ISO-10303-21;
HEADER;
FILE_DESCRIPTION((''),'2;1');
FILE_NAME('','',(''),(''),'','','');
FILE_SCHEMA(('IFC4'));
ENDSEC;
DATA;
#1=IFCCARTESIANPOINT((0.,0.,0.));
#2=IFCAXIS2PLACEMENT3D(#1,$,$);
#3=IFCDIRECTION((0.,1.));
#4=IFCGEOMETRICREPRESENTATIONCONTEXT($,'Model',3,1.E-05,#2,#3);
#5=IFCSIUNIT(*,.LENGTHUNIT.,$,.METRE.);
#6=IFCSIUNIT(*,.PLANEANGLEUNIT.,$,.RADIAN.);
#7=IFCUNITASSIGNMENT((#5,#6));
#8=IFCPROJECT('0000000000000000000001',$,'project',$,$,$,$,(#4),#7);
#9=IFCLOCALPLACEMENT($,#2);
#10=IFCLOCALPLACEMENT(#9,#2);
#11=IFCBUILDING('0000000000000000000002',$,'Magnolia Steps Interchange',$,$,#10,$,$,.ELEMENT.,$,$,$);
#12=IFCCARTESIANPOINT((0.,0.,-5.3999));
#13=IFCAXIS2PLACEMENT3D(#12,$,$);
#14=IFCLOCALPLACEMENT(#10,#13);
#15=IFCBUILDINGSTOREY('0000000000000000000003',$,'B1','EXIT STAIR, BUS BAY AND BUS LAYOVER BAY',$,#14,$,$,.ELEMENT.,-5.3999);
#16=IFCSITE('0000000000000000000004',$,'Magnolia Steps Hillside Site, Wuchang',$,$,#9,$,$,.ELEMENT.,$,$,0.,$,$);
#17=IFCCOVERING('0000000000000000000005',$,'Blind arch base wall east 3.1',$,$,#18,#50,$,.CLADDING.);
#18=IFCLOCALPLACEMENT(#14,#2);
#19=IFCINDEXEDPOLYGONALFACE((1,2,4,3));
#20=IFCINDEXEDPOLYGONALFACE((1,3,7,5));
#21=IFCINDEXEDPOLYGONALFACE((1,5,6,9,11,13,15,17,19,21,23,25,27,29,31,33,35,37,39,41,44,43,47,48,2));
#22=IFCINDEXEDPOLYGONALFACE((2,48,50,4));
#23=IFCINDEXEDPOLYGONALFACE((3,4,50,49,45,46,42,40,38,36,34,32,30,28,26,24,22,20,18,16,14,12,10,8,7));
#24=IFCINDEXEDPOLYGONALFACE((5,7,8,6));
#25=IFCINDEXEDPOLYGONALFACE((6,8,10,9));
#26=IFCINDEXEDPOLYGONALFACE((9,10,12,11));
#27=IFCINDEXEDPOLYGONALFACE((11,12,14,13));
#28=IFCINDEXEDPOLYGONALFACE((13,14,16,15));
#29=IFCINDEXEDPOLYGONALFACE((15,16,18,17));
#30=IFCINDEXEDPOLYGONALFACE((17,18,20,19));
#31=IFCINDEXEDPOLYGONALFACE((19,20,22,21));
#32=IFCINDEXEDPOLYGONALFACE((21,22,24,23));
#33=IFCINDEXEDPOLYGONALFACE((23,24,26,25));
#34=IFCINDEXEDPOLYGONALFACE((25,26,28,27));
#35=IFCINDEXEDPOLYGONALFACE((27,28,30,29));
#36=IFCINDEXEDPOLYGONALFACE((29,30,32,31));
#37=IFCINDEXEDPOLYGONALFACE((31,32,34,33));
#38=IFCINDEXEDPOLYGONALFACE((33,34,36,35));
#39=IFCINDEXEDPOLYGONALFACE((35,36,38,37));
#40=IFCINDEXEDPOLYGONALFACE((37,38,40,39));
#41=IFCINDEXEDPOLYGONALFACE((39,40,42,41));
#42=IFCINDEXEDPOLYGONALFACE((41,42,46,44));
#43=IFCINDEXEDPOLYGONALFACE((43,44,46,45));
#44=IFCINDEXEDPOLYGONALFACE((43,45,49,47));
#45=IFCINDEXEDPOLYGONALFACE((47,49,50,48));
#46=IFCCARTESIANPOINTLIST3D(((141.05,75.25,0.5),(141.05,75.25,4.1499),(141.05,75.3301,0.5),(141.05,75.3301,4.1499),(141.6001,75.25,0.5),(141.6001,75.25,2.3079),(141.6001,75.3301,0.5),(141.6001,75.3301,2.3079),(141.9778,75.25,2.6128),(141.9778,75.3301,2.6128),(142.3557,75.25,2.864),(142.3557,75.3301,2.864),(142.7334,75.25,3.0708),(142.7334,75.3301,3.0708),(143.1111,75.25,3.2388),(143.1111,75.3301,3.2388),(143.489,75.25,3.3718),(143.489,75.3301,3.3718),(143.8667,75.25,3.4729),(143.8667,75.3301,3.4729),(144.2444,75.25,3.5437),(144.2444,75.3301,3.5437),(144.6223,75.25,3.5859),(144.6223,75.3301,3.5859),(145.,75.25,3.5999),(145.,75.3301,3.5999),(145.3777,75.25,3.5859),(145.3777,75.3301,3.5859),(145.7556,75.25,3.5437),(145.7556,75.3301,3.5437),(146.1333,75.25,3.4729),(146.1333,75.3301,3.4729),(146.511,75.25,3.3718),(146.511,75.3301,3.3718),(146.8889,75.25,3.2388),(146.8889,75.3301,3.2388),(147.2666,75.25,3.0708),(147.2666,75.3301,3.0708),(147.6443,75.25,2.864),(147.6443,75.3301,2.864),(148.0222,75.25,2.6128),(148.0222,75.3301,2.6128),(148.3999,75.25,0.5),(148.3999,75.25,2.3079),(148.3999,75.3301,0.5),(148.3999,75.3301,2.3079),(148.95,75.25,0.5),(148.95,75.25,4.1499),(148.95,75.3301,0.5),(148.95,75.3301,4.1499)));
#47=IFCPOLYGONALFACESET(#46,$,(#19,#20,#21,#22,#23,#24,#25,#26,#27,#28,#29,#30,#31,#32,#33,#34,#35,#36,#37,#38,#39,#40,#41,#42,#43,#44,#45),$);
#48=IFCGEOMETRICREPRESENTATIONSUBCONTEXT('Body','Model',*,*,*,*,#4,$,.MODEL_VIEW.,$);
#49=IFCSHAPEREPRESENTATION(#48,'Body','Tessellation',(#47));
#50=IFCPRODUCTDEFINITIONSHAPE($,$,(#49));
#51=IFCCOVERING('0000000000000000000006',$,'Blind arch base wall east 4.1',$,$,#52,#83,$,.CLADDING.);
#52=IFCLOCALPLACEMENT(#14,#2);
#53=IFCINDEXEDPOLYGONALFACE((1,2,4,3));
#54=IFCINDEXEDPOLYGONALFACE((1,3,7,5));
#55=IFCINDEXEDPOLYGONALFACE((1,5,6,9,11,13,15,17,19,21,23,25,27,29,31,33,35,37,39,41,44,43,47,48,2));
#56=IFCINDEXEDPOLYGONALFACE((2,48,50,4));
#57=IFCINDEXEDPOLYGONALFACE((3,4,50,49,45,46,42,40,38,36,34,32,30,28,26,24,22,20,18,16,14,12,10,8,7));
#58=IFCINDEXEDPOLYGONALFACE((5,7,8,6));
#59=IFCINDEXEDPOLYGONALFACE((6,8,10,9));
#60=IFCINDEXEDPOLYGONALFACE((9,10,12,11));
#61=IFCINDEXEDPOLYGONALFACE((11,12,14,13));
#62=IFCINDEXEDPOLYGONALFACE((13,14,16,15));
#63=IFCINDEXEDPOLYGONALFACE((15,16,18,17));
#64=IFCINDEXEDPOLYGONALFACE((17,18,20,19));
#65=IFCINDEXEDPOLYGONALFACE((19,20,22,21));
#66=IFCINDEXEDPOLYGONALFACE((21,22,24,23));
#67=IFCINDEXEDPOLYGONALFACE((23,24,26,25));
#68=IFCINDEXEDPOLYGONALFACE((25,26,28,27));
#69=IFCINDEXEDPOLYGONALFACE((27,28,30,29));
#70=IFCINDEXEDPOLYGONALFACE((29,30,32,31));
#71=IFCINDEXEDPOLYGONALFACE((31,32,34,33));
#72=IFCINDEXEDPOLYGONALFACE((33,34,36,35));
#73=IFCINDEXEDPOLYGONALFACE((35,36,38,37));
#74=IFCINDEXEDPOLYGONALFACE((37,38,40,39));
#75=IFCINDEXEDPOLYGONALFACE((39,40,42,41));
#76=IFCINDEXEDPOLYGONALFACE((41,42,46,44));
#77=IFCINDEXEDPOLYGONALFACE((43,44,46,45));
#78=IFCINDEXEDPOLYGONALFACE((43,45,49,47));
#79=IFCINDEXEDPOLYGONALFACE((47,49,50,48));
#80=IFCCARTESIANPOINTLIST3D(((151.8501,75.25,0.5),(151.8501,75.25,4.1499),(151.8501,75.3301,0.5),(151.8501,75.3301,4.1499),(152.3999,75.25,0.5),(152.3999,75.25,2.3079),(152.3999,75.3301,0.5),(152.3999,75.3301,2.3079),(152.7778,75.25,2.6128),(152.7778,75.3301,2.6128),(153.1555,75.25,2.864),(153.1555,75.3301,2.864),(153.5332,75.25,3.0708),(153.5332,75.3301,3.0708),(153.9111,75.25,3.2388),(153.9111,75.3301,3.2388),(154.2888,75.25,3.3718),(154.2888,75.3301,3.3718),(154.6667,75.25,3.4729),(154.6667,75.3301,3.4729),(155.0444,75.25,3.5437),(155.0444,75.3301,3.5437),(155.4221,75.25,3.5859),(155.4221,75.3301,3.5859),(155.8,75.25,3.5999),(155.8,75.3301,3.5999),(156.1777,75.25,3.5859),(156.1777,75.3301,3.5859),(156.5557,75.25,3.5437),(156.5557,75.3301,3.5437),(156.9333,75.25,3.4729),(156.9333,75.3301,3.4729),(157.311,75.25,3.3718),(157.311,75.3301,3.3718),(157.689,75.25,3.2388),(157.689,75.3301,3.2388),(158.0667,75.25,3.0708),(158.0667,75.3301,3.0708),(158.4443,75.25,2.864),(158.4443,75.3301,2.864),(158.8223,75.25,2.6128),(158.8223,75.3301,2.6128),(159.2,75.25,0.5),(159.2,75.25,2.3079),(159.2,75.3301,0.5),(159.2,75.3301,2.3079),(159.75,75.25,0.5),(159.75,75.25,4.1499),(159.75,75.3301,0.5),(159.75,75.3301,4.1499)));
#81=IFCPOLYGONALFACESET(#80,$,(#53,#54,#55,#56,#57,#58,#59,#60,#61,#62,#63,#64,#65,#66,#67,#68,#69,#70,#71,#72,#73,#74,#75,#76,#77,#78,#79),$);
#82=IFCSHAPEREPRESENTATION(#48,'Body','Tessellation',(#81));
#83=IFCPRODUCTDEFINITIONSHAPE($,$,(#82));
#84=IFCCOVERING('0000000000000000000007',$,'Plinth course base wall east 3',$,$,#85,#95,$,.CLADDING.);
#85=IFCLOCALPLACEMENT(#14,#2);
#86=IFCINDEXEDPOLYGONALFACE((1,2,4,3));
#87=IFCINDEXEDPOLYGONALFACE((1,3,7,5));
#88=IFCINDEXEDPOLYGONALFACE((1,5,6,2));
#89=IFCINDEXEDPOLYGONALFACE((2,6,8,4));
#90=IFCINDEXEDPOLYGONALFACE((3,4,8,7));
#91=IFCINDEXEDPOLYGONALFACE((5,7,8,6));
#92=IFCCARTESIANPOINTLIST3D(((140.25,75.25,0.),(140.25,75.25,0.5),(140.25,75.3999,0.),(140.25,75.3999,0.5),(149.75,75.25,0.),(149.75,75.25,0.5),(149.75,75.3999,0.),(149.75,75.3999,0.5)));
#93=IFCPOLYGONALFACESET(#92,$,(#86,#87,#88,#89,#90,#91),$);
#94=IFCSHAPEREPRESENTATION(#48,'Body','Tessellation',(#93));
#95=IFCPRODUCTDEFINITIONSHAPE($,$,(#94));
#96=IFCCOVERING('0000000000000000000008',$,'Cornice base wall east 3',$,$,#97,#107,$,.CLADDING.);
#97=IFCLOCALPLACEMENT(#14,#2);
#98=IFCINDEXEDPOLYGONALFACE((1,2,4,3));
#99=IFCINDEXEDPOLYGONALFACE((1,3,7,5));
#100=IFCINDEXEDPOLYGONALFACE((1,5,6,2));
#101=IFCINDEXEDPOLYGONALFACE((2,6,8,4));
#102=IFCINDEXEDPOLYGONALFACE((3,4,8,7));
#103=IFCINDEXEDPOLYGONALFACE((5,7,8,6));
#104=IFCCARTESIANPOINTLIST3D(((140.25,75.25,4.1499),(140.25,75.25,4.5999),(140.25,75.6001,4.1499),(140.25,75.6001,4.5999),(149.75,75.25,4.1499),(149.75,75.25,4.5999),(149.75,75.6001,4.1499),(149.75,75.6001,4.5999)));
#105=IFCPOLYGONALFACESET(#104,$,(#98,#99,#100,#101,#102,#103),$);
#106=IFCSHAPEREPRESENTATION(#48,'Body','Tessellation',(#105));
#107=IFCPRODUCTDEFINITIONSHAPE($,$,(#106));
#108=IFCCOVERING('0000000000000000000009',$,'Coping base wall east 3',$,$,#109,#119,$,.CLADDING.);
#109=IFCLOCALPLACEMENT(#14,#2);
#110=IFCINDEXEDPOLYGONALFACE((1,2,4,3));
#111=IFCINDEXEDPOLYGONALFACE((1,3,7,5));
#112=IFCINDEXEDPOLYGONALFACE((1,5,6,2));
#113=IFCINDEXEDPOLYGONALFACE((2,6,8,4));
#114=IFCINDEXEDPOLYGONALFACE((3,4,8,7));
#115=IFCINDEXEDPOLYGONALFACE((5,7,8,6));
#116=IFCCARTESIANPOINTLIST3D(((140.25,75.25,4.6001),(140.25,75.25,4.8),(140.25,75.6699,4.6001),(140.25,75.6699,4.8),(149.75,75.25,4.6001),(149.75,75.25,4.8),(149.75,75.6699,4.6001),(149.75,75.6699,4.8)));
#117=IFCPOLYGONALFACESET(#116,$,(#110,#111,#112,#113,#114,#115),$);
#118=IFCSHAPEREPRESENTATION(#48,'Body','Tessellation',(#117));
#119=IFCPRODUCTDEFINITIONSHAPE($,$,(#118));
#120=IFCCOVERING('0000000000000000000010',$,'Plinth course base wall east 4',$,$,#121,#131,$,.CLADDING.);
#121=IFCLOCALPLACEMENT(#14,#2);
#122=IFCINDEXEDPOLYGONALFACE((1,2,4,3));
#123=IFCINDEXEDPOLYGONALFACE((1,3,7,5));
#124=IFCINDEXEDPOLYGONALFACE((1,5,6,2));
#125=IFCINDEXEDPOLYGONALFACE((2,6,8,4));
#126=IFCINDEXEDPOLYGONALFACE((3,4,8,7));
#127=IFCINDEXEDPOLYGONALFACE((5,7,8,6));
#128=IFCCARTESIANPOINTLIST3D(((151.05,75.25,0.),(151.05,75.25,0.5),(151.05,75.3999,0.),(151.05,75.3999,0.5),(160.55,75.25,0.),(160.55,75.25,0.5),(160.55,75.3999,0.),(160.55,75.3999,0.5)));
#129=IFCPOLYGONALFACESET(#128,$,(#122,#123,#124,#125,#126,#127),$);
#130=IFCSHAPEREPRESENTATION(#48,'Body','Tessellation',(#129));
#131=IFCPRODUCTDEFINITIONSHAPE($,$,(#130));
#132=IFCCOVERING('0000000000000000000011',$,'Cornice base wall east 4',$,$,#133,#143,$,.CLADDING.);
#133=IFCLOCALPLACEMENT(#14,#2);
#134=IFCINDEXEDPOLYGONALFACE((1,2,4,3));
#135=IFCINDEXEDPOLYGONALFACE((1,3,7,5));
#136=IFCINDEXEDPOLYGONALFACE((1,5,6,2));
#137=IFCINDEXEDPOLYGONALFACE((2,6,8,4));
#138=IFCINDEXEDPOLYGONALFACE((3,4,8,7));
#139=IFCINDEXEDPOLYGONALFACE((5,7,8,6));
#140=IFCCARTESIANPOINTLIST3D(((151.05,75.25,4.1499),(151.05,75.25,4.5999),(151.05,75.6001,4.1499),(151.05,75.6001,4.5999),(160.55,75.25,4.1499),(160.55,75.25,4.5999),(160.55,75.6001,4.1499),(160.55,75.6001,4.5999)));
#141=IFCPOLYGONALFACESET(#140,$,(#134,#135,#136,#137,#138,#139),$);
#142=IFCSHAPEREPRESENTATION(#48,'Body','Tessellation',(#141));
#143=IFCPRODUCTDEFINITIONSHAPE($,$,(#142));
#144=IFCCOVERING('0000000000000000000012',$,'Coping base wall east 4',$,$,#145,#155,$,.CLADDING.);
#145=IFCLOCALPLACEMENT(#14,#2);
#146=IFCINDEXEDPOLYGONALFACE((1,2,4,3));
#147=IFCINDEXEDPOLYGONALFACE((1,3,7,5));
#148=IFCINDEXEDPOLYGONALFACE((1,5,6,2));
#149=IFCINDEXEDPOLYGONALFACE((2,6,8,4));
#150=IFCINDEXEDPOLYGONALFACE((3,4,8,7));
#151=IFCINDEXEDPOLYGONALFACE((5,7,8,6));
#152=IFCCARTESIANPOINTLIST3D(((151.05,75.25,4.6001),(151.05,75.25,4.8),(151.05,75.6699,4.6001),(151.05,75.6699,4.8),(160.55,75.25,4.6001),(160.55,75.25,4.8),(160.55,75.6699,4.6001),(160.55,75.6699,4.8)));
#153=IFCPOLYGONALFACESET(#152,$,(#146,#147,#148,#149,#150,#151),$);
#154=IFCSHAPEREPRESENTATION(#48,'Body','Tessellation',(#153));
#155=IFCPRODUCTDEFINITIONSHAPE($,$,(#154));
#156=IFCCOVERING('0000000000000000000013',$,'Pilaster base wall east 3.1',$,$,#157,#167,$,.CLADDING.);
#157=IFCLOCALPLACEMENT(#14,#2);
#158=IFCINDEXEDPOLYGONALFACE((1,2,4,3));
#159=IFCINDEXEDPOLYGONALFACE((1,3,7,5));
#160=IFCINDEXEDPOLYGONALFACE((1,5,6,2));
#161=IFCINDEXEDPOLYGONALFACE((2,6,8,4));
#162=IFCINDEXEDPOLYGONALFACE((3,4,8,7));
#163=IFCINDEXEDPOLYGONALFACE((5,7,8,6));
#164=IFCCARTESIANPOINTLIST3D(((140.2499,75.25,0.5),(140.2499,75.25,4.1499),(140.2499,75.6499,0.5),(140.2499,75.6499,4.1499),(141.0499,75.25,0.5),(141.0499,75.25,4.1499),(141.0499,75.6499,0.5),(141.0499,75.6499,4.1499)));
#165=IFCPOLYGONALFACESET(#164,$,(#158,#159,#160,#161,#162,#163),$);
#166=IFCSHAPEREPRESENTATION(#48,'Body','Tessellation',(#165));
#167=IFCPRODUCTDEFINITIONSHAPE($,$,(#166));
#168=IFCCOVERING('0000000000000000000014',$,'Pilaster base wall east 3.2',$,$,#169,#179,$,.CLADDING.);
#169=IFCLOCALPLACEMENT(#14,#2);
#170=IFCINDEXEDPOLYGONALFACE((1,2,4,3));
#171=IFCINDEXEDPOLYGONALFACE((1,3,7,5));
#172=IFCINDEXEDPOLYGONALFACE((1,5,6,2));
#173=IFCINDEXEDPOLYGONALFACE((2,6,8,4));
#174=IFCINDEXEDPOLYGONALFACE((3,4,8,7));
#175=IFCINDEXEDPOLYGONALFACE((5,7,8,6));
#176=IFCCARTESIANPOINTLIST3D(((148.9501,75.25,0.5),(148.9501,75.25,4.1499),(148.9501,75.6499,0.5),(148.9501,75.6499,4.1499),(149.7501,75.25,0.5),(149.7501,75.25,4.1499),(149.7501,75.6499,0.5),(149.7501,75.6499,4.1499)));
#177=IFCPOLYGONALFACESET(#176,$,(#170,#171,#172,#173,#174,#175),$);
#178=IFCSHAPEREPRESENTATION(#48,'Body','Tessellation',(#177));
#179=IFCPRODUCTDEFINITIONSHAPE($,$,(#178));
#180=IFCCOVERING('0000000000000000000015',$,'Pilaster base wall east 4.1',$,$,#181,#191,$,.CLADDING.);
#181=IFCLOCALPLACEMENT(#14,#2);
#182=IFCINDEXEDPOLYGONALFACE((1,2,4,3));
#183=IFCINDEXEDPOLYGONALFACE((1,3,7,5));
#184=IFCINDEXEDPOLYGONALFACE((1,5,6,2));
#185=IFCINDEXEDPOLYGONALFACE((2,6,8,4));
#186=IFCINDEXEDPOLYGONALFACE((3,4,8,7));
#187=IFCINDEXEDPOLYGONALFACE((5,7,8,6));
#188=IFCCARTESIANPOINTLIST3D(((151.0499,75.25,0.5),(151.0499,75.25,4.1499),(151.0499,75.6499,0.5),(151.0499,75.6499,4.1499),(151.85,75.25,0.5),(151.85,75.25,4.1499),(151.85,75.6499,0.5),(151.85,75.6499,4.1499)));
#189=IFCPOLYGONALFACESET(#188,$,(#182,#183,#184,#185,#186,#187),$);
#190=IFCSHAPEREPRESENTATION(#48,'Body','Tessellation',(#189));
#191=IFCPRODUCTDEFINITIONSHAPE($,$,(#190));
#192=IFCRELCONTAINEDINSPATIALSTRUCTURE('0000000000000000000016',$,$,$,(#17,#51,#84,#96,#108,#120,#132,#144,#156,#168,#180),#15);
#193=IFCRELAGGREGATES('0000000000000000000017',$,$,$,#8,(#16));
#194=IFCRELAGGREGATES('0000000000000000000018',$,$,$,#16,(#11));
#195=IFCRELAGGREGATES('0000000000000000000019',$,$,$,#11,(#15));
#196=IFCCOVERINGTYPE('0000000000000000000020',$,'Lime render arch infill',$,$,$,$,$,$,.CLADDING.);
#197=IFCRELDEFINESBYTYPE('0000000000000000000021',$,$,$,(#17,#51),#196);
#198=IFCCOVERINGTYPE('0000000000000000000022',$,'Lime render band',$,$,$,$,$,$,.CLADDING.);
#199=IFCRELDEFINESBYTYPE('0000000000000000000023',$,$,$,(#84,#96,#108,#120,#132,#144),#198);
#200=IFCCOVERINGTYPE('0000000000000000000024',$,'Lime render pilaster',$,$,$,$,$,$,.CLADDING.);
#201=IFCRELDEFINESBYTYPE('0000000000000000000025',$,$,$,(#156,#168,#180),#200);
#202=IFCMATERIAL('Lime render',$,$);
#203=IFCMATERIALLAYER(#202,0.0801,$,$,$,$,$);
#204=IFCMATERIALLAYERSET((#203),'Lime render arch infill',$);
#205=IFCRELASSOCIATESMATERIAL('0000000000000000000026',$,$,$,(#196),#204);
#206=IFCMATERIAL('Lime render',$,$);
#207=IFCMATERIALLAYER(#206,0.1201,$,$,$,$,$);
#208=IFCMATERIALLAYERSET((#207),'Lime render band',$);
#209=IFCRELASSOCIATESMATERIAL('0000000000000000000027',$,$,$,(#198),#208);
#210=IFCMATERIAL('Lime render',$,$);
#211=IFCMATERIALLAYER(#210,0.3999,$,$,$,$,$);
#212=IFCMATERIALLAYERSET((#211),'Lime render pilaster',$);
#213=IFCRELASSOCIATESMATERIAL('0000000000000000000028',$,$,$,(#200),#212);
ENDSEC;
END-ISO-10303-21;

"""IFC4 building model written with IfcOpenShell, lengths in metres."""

from ifc_helpers import new_model, si_unit, direction, frame, origin, origin_2d, place, context, subcontext, project, spatial, polyline, rectangle, outline, extrude, material, layer, layer_set, type_object, element, save


model = new_model("IFC4")

# Units and contexts
model_context = context("Model", 3, precision=1e-05, world=origin(), true_north=direction((0.0, 1.0)))
body_context = subcontext(model_context, "Body", "Model", "MODEL_VIEW")
ifc_project = project(units=[si_unit("LENGTHUNIT", "METRE"), si_unit("PLANEANGLEUNIT", "RADIAN")], contexts=[model_context])

# Site, building, storey
site_placement = place(None, origin())
site = spatial("IfcSite", under=ifc_project, at=site_placement, Name="Magnolia Steps Hillside Site, Wuchang", CompositionType="ELEMENT", RefElevation=0.0)
building_placement = place(site_placement, origin())
building = spatial("IfcBuilding", under=site, at=building_placement, Name="Magnolia Steps Interchange", CompositionType="ELEMENT")
storey_placement = place(building_placement, frame((0.0, 0.0, -5.3999)))
storey = spatial("IfcBuildingStorey", under=building, at=storey_placement, Name="B1", Description="EXIT STAIR, BUS BAY AND BUS LAYOVER BAY", CompositionType="ELEMENT", Elevation=-5.3999)

# Coverings
ifc_material_1 = material(Name="Lime render")
ifc_layer_1 = layer(ifc_material_1, 0.0801)
ifc_layer_set_1 = layer_set([ifc_layer_1], Name="Lime render arch infill")
covering_type_1 = type_object("IfcCoveringType", Name="Lime render arch infill", PredefinedType="CLADDING", material=ifc_layer_set_1)
covering_1_placement = place(storey_placement, frame((141.6001, 75.25, 0.5), z_axis=(0.0, -1.0, 0.0), x_axis=(0.0, 0.0, 1.0)))
element("IfcCovering", 1, at=covering_1_placement, inside=storey, type_object=covering_type_1, Name="Blind arch base wall east 3.1", PredefinedType="CLADDING", context=body_context, shape_type="SweptSolid", body=[
    extrude(outline(polyline([(0.0, 0.0), (1.8079, 0.0), (2.1128, -0.3777), (2.364, -0.7556), (2.5708, -1.1333), (2.7388, -1.511), (2.8718, -1.8889), (2.9729, -2.2666), (3.0437, -2.6443), (3.0859, -3.0222), (3.0999, -3.3999), (3.0859, -3.7776), (3.0437, -4.1555), (2.9729, -4.5332), (2.8718, -4.9109), (2.7388, -5.2888), (2.5708, -5.6665), (2.364, -6.0442), (2.1128, -6.4221), (1.8079, -6.7998), (0.0, -6.7998), (0.0, -7.3499), (3.6499, -7.3499), (3.6499, 0.55), (0.0, 0.55), (0.0, 0.0)])), origin(), (0.0, 0.0, -1.0), 0.0801),
])
covering_2_placement = place(storey_placement, frame((152.3999, 75.25, 0.5), z_axis=(0.0, -1.0, 0.0), x_axis=(0.0, 0.0, 1.0)))
element("IfcCovering", 2, at=covering_2_placement, inside=storey, type_object=covering_type_1, Name="Blind arch base wall east 4.1", PredefinedType="CLADDING", context=body_context, shape_type="SweptSolid", body=[
    extrude(outline(polyline([(0.0, 0.0), (1.8079, 0.0), (2.1128, -0.3779), (2.364, -0.7556), (2.5708, -1.1333), (2.7388, -1.5112), (2.8718, -1.8889), (2.9729, -2.2668), (3.0437, -2.6445), (3.0859, -3.0222), (3.0999, -3.4001), (3.0859, -3.7778), (3.0437, -4.1558), (2.9729, -4.5334), (2.8718, -4.9111), (2.7388, -5.2891), (2.5708, -5.6667), (2.364, -6.0444), (2.1128, -6.4224), (1.8079, -6.8), (0.0, -6.8), (0.0, -7.3501), (3.6499, -7.3501), (3.6499, 0.5498), (0.0, 0.5498), (0.0, 0.0)])), origin(), (0.0, 0.0, -1.0), 0.0801),
])
ifc_material_2 = material(Name="Lime render")
ifc_layer_2 = layer(ifc_material_2, 0.1201)
ifc_layer_set_2 = layer_set([ifc_layer_2], Name="Lime render band")
covering_type_2 = type_object("IfcCoveringType", Name="Lime render band", PredefinedType="CLADDING", material=ifc_layer_set_2)
covering_3_placement = place(storey_placement, frame((145.0, 75.325, 0.0), z_axis=(0.0, 0.0, 1.0), x_axis=(1.0, 0.0, 0.0)))
element("IfcCovering", 3, at=covering_3_placement, inside=storey, type_object=covering_type_2, Name="Plinth course base wall east 3", PredefinedType="CLADDING", context=body_context, shape_type="SweptSolid", body=[
    extrude(rectangle(XDim=9.5, YDim=0.1499, at=origin_2d()), origin(), (0.0, 0.0, 1.0), 0.5),
])
covering_4_placement = place(storey_placement, frame((145.0, 75.425, 4.1499), z_axis=(0.0, 0.0, 1.0), x_axis=(1.0, 0.0, 0.0)))
element("IfcCovering", 4, at=covering_4_placement, inside=storey, type_object=covering_type_2, Name="Cornice base wall east 3", PredefinedType="CLADDING", context=body_context, shape_type="SweptSolid", body=[
    extrude(rectangle(XDim=9.5, YDim=0.3501, at=origin_2d()), origin(), (0.0, 0.0, 1.0), 0.45),
])
covering_5_placement = place(storey_placement, frame((145.0, 75.46, 4.6001), z_axis=(0.0, 0.0, 1.0), x_axis=(1.0, 0.0, 0.0)))
element("IfcCovering", 5, at=covering_5_placement, inside=storey, type_object=covering_type_2, Name="Coping base wall east 3", PredefinedType="CLADDING", context=body_context, shape_type="SweptSolid", body=[
    extrude(rectangle(XDim=9.5, YDim=0.4199, at=origin_2d()), origin(), (0.0, 0.0, 1.0), 0.2),
])
covering_6_placement = place(storey_placement, frame((155.8, 75.325, 0.0), z_axis=(0.0, 0.0, 1.0), x_axis=(1.0, 0.0, 0.0)))
element("IfcCovering", 6, at=covering_6_placement, inside=storey, type_object=covering_type_2, Name="Plinth course base wall east 4", PredefinedType="CLADDING", context=body_context, shape_type="SweptSolid", body=[
    extrude(rectangle(XDim=9.5, YDim=0.1499, at=origin_2d()), origin(), (0.0, 0.0, 1.0), 0.5),
])
covering_7_placement = place(storey_placement, frame((155.8, 75.425, 4.1499), z_axis=(0.0, 0.0, 1.0), x_axis=(1.0, 0.0, 0.0)))
element("IfcCovering", 7, at=covering_7_placement, inside=storey, type_object=covering_type_2, Name="Cornice base wall east 4", PredefinedType="CLADDING", context=body_context, shape_type="SweptSolid", body=[
    extrude(rectangle(XDim=9.5, YDim=0.3501, at=origin_2d()), origin(), (0.0, 0.0, 1.0), 0.45),
])
covering_8_placement = place(storey_placement, frame((155.8, 75.46, 4.6001), z_axis=(0.0, 0.0, 1.0), x_axis=(1.0, 0.0, 0.0)))
element("IfcCovering", 8, at=covering_8_placement, inside=storey, type_object=covering_type_2, Name="Coping base wall east 4", PredefinedType="CLADDING", context=body_context, shape_type="SweptSolid", body=[
    extrude(rectangle(XDim=9.5, YDim=0.4199, at=origin_2d()), origin(), (0.0, 0.0, 1.0), 0.2),
])
ifc_material_3 = material(Name="Lime render")
ifc_layer_3 = layer(ifc_material_3, 0.3999)
ifc_layer_set_3 = layer_set([ifc_layer_3], Name="Lime render pilaster")
covering_type_3 = type_object("IfcCoveringType", Name="Lime render pilaster", PredefinedType="CLADDING", material=ifc_layer_set_3)
for number, where, z_axis, x_axis, name in (
    (9, (140.6499, 75.45, 0.5), (0.0, 0.0, 1.0), (1.0, 0.0, 0.0), "Pilaster base wall east 3.1"),
    (10, (149.3501, 75.45, 0.5), (0.0, 0.0, 1.0), (1.0, 0.0, 0.0), "Pilaster base wall east 3.2"),
    (11, (151.45, 75.45, 0.5), (0.0, 0.0, 1.0), (1.0, 0.0, 0.0), "Pilaster base wall east 4.1"),
):
    element("IfcCovering", number, at=place(storey_placement, frame(where, z_axis=z_axis, x_axis=x_axis)), inside=storey, type_object=covering_type_3, Name=name, PredefinedType="CLADDING", context=body_context, shape_type="SweptSolid", body=[
        extrude(rectangle(XDim=0.8, YDim=0.3999, at=origin_2d()), origin(), (0.0, 0.0, 1.0), 3.6499),
    ])

save(model, "model.ifc")
